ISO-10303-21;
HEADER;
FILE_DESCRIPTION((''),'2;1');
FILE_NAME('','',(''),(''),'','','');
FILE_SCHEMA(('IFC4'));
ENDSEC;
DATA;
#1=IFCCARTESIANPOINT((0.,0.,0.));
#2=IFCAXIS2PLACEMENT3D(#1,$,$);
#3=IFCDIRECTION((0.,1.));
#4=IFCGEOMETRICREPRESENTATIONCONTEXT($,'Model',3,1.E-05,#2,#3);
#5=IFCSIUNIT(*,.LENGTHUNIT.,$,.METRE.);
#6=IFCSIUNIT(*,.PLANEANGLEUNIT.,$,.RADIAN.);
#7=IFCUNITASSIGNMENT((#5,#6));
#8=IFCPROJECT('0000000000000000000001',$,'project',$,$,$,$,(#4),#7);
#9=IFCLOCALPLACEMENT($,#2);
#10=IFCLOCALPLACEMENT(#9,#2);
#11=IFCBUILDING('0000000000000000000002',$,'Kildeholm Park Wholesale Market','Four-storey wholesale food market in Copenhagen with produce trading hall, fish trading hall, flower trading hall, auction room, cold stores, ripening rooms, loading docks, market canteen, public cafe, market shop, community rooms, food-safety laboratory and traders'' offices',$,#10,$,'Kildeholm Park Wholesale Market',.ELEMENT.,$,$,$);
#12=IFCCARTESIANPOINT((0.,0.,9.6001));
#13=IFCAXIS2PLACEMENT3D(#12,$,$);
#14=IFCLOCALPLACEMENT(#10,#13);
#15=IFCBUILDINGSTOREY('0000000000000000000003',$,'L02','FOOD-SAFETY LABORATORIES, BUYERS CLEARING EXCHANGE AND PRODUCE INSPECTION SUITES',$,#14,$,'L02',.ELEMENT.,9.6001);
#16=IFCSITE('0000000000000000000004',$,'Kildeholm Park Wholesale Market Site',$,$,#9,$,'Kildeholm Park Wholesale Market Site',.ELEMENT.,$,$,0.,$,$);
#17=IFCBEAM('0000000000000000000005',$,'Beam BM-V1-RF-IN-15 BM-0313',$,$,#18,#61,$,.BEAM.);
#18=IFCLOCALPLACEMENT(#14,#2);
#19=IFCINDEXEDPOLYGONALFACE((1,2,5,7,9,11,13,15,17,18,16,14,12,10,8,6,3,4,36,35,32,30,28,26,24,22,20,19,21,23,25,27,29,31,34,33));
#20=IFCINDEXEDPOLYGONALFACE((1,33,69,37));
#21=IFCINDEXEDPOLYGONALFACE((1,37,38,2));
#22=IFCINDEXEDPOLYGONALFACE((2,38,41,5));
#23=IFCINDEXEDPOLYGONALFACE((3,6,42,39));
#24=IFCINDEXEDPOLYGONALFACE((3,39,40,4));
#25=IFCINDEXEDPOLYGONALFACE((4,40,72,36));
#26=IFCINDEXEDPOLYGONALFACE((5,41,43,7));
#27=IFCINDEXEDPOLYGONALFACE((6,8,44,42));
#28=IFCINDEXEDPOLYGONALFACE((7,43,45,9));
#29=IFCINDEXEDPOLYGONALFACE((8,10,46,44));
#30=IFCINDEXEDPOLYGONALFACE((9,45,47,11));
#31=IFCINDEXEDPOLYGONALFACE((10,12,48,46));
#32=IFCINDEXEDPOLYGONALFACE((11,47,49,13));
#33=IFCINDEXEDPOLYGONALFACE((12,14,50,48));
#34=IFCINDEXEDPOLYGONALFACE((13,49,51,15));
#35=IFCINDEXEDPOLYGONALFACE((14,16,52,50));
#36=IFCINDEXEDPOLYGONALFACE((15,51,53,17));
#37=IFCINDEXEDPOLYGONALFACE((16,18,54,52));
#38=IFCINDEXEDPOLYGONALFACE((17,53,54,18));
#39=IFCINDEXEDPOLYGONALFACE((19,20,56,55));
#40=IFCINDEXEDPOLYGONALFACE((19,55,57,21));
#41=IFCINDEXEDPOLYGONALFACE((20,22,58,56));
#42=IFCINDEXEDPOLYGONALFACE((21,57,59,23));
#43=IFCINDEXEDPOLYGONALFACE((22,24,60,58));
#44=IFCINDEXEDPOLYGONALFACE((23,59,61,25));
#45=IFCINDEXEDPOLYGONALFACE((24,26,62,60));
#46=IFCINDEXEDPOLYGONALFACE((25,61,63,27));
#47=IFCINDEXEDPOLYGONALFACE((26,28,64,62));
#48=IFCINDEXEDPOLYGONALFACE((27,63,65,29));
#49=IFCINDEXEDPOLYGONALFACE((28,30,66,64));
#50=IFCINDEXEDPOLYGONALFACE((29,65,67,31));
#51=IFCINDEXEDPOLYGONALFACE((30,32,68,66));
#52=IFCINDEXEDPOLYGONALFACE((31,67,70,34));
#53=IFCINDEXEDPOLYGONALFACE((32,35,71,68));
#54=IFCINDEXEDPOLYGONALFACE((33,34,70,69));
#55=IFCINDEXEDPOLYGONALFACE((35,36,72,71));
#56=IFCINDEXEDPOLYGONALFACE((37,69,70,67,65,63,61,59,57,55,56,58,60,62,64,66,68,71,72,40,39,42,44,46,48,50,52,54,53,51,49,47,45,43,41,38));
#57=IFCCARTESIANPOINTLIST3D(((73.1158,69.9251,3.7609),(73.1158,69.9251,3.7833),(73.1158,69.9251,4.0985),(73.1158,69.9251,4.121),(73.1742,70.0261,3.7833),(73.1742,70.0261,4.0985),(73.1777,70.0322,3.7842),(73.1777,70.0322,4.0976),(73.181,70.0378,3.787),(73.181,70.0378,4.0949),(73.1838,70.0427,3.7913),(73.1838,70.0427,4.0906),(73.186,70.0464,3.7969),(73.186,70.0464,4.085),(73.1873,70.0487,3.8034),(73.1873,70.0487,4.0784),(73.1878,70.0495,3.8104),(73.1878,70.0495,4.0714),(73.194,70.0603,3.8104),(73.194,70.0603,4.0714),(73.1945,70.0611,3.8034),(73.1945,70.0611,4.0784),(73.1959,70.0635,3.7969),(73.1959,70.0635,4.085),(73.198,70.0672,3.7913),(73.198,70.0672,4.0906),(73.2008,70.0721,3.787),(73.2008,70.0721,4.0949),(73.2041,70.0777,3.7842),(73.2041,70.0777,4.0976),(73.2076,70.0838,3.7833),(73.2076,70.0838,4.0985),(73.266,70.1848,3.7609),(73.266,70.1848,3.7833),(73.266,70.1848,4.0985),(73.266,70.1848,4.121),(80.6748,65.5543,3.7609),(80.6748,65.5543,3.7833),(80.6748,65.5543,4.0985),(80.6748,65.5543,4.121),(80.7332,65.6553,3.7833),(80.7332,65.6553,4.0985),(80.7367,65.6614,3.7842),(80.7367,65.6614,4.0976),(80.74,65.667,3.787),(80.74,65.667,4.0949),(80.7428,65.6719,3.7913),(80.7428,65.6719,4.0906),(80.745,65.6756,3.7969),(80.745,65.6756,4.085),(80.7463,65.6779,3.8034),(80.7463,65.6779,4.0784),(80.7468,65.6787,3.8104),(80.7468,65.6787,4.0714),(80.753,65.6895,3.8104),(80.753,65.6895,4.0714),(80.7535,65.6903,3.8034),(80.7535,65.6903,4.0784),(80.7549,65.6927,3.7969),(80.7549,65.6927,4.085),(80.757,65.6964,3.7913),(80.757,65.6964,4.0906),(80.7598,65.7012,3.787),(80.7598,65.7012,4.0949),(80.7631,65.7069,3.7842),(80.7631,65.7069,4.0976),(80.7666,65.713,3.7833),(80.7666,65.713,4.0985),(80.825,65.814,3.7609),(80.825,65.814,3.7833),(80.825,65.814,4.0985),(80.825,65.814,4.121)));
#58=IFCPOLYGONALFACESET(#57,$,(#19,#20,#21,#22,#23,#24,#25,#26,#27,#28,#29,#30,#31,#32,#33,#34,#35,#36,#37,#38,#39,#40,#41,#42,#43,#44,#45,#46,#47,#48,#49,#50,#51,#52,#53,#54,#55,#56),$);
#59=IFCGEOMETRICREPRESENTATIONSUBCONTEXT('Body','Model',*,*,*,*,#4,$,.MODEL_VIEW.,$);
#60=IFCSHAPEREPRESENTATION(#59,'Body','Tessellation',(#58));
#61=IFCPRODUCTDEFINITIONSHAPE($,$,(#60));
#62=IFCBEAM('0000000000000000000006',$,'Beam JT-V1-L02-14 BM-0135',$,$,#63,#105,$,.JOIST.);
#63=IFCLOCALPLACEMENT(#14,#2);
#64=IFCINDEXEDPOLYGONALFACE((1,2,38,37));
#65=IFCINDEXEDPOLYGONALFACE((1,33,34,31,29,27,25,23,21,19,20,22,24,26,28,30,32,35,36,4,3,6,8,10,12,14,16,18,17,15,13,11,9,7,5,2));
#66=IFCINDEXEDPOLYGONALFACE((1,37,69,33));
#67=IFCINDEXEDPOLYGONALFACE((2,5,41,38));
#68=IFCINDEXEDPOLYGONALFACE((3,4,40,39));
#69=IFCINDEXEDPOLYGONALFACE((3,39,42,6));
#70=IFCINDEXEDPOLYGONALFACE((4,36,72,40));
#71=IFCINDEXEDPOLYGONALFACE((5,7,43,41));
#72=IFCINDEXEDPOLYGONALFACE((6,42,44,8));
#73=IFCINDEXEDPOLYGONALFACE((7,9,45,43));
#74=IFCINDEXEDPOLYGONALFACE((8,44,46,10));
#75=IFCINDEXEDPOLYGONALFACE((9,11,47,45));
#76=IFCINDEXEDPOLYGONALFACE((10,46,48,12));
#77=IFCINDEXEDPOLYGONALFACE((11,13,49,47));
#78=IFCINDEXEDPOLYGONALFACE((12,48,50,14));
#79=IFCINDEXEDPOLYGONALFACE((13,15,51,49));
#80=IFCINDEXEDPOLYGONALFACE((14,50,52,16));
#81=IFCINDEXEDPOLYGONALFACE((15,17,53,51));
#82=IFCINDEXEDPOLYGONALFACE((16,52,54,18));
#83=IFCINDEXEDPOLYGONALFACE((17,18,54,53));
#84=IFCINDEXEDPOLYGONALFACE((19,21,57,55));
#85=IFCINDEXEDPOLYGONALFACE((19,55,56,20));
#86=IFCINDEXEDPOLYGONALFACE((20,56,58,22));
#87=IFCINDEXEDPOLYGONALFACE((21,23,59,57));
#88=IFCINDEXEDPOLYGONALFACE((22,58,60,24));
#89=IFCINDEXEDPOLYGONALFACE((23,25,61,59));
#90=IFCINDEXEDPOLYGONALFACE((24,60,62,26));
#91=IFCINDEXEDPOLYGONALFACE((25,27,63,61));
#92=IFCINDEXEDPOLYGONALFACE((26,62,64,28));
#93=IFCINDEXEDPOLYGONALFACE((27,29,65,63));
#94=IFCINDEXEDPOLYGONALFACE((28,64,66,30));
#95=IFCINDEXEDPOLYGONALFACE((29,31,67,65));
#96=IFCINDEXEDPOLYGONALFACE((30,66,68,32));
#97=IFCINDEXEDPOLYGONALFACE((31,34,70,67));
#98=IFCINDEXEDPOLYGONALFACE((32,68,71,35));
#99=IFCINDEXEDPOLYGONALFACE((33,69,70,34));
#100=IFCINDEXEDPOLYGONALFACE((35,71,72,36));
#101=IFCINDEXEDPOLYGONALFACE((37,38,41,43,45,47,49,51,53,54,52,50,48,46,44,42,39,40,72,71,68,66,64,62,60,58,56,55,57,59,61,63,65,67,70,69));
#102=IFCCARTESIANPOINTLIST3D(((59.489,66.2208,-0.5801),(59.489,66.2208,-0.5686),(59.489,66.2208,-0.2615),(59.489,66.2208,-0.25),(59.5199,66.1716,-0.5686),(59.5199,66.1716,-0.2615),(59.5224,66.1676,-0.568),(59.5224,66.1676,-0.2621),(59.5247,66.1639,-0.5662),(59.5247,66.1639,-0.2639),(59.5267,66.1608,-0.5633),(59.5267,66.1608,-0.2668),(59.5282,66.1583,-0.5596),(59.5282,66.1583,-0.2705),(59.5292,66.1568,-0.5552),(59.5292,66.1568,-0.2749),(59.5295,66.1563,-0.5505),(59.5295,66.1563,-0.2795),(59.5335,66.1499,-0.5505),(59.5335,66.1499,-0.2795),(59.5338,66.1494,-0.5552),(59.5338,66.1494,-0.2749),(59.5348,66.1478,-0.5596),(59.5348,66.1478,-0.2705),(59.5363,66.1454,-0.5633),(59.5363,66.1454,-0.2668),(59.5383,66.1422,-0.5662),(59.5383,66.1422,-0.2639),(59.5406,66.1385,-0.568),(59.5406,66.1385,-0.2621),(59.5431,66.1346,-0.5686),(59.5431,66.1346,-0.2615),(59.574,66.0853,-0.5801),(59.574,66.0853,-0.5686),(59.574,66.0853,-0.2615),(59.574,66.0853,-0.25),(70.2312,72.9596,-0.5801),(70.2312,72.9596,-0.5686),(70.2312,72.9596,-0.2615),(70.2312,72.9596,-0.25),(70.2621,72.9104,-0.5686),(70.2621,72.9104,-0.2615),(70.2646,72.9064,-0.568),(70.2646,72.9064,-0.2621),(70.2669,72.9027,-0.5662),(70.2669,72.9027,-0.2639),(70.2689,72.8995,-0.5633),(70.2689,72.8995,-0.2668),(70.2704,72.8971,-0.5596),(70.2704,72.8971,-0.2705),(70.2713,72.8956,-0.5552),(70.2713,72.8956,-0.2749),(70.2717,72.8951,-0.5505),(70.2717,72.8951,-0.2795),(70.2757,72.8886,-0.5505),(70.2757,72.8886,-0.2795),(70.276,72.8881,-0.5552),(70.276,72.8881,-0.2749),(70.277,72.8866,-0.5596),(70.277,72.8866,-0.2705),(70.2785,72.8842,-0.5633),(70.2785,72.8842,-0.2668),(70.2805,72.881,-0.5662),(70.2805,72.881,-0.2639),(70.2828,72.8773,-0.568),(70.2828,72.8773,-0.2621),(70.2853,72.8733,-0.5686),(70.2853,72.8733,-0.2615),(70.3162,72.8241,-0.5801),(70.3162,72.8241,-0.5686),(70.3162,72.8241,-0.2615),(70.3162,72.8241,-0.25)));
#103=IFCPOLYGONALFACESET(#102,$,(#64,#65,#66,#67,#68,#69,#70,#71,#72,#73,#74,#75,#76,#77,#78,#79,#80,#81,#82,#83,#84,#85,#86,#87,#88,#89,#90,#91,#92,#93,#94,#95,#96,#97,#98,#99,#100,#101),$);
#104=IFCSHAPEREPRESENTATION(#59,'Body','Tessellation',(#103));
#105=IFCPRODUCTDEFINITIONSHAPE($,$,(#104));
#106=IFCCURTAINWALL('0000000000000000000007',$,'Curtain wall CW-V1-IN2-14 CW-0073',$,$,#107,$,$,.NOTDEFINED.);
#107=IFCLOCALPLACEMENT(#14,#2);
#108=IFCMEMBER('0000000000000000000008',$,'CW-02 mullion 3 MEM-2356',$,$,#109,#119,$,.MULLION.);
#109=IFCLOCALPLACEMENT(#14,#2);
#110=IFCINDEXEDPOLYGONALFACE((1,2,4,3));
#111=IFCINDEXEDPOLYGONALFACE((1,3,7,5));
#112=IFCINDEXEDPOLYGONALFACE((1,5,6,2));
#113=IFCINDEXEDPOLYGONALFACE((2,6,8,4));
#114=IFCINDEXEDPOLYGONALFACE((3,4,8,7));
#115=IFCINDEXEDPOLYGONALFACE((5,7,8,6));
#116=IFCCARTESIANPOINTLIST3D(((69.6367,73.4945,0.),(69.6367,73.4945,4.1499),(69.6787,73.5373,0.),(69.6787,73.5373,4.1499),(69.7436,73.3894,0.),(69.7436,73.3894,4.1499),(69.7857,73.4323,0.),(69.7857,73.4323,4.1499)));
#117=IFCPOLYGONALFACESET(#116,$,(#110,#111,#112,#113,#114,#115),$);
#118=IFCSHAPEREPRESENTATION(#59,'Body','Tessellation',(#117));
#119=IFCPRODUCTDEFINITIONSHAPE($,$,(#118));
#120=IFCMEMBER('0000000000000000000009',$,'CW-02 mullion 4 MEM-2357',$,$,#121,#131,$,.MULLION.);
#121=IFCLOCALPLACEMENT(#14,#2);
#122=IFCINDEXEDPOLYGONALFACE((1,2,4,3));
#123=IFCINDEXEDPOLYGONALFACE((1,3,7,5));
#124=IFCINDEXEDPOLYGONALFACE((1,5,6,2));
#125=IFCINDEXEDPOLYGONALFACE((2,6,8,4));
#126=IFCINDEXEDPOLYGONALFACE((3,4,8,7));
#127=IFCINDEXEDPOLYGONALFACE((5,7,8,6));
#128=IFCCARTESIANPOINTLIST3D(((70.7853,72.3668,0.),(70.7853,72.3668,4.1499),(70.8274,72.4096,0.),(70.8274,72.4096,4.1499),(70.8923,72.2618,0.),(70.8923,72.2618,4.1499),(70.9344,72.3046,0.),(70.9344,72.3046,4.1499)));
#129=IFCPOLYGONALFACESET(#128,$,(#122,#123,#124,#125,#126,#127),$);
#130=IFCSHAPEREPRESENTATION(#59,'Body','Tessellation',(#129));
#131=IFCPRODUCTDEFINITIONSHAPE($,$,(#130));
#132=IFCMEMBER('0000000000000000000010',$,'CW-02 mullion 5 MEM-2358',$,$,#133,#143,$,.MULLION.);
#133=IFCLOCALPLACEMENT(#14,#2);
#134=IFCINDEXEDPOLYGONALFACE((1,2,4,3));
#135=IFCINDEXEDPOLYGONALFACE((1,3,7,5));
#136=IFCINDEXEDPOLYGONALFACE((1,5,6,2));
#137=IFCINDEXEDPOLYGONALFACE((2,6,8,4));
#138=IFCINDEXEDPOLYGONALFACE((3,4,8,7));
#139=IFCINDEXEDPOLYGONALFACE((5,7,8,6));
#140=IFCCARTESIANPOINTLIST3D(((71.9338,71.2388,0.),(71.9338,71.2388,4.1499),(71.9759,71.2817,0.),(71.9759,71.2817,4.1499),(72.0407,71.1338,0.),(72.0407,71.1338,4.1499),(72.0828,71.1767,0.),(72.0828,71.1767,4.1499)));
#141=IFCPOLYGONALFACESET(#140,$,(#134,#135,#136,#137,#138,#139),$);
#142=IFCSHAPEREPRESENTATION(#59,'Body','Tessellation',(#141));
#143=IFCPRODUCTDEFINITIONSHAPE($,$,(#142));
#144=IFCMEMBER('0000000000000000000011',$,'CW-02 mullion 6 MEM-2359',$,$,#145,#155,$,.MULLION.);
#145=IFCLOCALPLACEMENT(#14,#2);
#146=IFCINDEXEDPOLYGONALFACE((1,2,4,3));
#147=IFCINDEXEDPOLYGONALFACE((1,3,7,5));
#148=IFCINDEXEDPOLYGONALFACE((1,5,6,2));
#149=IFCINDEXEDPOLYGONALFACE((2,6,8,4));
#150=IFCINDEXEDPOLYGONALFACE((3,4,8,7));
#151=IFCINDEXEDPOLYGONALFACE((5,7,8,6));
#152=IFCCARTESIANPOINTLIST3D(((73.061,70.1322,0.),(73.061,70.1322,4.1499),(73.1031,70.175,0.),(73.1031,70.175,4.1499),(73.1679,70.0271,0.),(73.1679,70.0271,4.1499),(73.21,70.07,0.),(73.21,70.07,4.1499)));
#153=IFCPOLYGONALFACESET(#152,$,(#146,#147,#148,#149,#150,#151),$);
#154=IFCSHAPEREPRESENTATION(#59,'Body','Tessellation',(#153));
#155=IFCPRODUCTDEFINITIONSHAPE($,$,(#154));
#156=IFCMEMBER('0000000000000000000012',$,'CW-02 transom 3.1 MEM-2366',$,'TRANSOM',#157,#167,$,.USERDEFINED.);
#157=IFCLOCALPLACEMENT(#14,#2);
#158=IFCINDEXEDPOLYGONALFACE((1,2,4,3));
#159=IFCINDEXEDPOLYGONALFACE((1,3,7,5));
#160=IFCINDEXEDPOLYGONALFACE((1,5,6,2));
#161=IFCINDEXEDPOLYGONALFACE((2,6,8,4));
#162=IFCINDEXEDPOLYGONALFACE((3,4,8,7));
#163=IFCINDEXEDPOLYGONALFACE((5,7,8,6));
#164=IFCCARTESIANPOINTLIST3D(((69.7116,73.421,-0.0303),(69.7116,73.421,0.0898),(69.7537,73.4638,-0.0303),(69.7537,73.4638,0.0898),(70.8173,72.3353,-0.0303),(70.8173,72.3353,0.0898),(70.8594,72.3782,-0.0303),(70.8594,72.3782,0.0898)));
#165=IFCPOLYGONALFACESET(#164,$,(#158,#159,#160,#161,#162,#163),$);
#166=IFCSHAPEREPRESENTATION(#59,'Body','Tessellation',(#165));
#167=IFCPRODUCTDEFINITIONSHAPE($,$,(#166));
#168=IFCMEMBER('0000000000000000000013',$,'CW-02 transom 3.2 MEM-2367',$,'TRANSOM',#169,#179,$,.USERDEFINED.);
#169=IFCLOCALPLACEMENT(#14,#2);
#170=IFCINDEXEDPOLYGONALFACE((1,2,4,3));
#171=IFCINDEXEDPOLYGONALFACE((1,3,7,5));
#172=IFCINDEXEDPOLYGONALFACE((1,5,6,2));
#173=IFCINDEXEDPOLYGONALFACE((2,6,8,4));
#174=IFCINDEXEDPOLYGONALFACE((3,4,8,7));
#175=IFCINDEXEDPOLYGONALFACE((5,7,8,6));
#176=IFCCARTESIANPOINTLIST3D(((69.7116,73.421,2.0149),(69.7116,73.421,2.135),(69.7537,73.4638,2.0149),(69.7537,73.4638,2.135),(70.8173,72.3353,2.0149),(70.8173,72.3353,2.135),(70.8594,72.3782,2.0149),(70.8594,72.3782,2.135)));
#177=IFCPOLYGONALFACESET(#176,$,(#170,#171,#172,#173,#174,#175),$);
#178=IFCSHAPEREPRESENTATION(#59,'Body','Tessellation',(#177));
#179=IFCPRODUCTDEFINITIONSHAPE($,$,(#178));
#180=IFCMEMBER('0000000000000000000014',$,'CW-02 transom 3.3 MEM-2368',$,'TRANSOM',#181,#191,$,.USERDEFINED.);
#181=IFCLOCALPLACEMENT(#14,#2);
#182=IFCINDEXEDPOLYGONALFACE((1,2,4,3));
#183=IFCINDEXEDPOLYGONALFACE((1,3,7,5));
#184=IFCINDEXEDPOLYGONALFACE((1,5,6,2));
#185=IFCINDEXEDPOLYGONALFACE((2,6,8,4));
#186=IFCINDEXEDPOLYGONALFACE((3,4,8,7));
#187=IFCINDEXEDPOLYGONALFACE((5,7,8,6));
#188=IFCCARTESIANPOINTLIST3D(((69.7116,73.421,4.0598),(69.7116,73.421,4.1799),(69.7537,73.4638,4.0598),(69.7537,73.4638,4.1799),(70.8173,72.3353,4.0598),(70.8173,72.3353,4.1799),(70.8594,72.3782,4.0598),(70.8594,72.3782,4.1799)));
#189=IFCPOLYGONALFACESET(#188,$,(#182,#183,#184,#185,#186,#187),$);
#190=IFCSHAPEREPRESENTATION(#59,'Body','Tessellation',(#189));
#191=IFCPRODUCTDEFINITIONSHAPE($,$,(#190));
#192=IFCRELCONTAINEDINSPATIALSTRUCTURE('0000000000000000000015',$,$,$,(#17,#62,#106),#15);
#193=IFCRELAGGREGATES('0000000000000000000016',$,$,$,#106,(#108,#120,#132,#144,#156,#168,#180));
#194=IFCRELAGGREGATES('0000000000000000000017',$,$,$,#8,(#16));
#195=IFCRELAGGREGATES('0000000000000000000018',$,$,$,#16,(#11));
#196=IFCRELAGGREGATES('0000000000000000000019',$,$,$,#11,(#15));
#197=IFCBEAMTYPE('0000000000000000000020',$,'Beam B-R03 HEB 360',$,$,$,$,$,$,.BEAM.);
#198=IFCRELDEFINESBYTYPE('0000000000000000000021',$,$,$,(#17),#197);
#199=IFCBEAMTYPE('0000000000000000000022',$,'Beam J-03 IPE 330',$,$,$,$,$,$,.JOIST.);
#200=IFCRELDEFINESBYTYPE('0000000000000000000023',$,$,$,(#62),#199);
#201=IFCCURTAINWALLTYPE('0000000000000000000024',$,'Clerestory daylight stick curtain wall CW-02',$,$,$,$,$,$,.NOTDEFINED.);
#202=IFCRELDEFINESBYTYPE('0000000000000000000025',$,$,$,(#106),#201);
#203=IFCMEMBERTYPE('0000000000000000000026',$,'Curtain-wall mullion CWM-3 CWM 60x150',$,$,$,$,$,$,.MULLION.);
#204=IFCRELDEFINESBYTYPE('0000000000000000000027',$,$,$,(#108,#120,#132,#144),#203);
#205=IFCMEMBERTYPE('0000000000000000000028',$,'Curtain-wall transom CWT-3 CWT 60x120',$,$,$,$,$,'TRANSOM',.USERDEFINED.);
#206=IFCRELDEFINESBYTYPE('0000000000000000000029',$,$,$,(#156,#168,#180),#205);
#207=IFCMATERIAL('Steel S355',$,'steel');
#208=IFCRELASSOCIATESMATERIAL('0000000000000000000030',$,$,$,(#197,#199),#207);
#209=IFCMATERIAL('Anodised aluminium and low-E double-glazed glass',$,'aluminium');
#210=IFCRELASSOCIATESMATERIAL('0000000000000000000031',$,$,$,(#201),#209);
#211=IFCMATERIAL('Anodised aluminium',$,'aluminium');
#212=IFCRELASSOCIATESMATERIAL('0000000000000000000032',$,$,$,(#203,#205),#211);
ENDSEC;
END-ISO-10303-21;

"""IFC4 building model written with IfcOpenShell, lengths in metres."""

from ifc_helpers import new_model, si_unit, direction, frame, origin, origin_2d, place, context, subcontext, project, spatial, rectangle, i_section, extrude, material, material_profile, profile_set, type_object, element, aggregate, save


model = new_model("IFC4")

# Units and contexts
model_context = context("Model", 3, precision=1e-05, world=origin(), true_north=direction((0.0, 1.0)))
body_context = subcontext(model_context, "Body", "Model", "MODEL_VIEW")
ifc_project = project(units=[si_unit("LENGTHUNIT", "METRE"), si_unit("PLANEANGLEUNIT", "RADIAN")], contexts=[model_context])

# Site, building, storey
site_placement = place(None, origin())
site = spatial("IfcSite", under=ifc_project, at=site_placement, Name="Kildeholm Park Wholesale Market Site", LongName="Kildeholm Park Wholesale Market Site", CompositionType="ELEMENT", RefElevation=0.0)
building_placement = place(site_placement, origin())
building = spatial("IfcBuilding", under=site, at=building_placement, Name="Kildeholm Park Wholesale Market", Description="Four-storey wholesale food market in Copenhagen with produce trading hall, fish trading hall, flower trading hall, auction room, cold stores, ripening rooms, loading docks, market canteen, public cafe, market shop, community rooms, food-safety laboratory and traders' offices", LongName="Kildeholm Park Wholesale Market", CompositionType="ELEMENT")
storey_placement = place(building_placement, frame((0.0, 0.0, 9.6001)))
storey = spatial("IfcBuildingStorey", under=building, at=storey_placement, Name="L02", Description="FOOD-SAFETY LABORATORIES, BUYERS CLEARING EXCHANGE AND PRODUCE INSPECTION SUITES", LongName="L02", CompositionType="ELEMENT", Elevation=9.6001)

# Shared definitions
ifc_material_1 = material(Name="Steel S355", Category="steel")

# Beams
ifc_material_profile_1 = material_profile(ifc_material_1, i_section(OverallWidth=0.3, OverallDepth=0.3601, WebThickness=0.0125, FlangeThickness=0.0225, FilletRadius=0.0271, at=origin_2d()), Name="HEB 360")
ifc_profile_set_1 = profile_set([ifc_material_profile_1], Name="Steel S355")
beam_type_1 = type_object("IfcBeamType", Name="Beam B-R03 HEB 360", PredefinedType="BEAM", material=ifc_profile_set_1)
beam_1_placement = place(storey_placement, frame((73.1909, 70.0549, 3.9409), z_axis=(0.865697, -0.500568, 0.0), x_axis=(0.500568, 0.865697, 0.0)))
element("IfcBeam", 1, at=beam_1_placement, inside=storey, type_object=beam_type_1, Name="Beam BM-V1-RF-IN-15 BM-0313", PredefinedType="BEAM", context=body_context, shape_type="SweptSolid", body=[
    extrude(i_section(OverallWidth=0.3, OverallDepth=0.3601, WebThickness=0.0125, FlangeThickness=0.0225, FilletRadius=0.0271, at=origin_2d()), origin(), (0.0, 0.0, 1.0), 8.7317),
])
ifc_material_profile_2 = material_profile(ifc_material_1, i_section(OverallWidth=0.1599, OverallDepth=0.3301, WebThickness=0.0076, FlangeThickness=0.0115, FilletRadius=0.0181, at=origin_2d()), Name="IPE 330")
ifc_profile_set_2 = profile_set([ifc_material_profile_2], Name="Steel S355")
beam_type_2 = type_object("IfcBeamType", Name="Beam J-03 IPE 330", PredefinedType="JOIST", material=ifc_profile_set_2)
beam_2_placement = place(storey_placement, frame((70.2737, 72.8918, -0.415), z_axis=(-0.847115, -0.53141, 0.0), x_axis=(0.53141, -0.847115, 0.0)))
element("IfcBeam", 2, at=beam_2_placement, inside=storey, type_object=beam_type_2, Name="Beam JT-V1-L02-14 BM-0135", PredefinedType="JOIST", context=body_context, shape_type="SweptSolid", body=[
    extrude(i_section(OverallWidth=0.1599, OverallDepth=0.3301, WebThickness=0.0076, FlangeThickness=0.0115, FilletRadius=0.0181, at=origin_2d()), origin(), (0.0, 0.0, 1.0), 12.6809),
])

# Curtain wall, members
ifc_material_2 = material(Name="Anodised aluminium and low-E double-glazed glass", Category="aluminium")
curtain_wall_type = type_object("IfcCurtainWallType", Name="Clerestory daylight stick curtain wall CW-02", PredefinedType="NOTDEFINED", material=ifc_material_2)
curtain_wall_placement = place(storey_placement, origin())
curtain_wall = element("IfcCurtainWall", 3, at=curtain_wall_placement, inside=storey, type_object=curtain_wall_type, Name="Curtain wall CW-V1-IN2-14 CW-0073", PredefinedType="NOTDEFINED")
ifc_material_3 = material(Name="Anodised aluminium", Category="aluminium")
ifc_material_profile_3 = material_profile(ifc_material_3, rectangle(XDim=0.0601, YDim=0.1499, at=origin_2d()), Name="CWM 60x150")
ifc_profile_set_3 = profile_set([ifc_material_profile_3], Name="Anodised aluminium")
member_type_1 = type_object("IfcMemberType", Name="Curtain-wall mullion CWM-3 CWM 60x150", PredefinedType="MULLION", material=ifc_profile_set_3)
member_1_placement = place(storey_placement, frame((69.7112, 73.4634, 0.0), z_axis=(0.0, 0.0, 1.0), x_axis=(0.700617, 0.713538, 0.0)))
member_1 = element("IfcMember", 4, at=member_1_placement, type_object=member_type_1, Name="CW-02 mullion 3 MEM-2356", PredefinedType="MULLION", context=body_context, shape_type="SweptSolid", body=[
    extrude(rectangle(XDim=0.0601, YDim=0.1499, at=origin_2d()), origin(), (0.0, 0.0, 1.0), 4.1499),
])
member_2_placement = place(storey_placement, frame((70.8599, 72.3357, 0.0), z_axis=(0.0, 0.0, 1.0), x_axis=(0.700617, 0.713538, 0.0)))
member_2 = element("IfcMember", 5, at=member_2_placement, type_object=member_type_1, Name="CW-02 mullion 4 MEM-2357", PredefinedType="MULLION", context=body_context, shape_type="SweptSolid", body=[
    extrude(rectangle(XDim=0.0601, YDim=0.1499, at=origin_2d()), origin(), (0.0, 0.0, 1.0), 4.1499),
])
member_3_placement = place(storey_placement, frame((72.0083, 71.2078, 0.0), z_axis=(0.0, 0.0, 1.0), x_axis=(0.700617, 0.713538, 0.0)))
member_3 = element("IfcMember", 6, at=member_3_placement, type_object=member_type_1, Name="CW-02 mullion 5 MEM-2358", PredefinedType="MULLION", context=body_context, shape_type="SweptSolid", body=[
    extrude(rectangle(XDim=0.0601, YDim=0.1499, at=origin_2d()), origin(), (0.0, 0.0, 1.0), 4.1499),
])
member_4_placement = place(storey_placement, frame((73.1355, 70.1011, 0.0), z_axis=(0.0, 0.0, 1.0), x_axis=(0.700617, 0.713538, 0.0)))
member_4 = element("IfcMember", 7, at=member_4_placement, type_object=member_type_1, Name="CW-02 mullion 6 MEM-2359", PredefinedType="MULLION", context=body_context, shape_type="SweptSolid", body=[
    extrude(rectangle(XDim=0.0601, YDim=0.1499, at=origin_2d()), origin(), (0.0, 0.0, 1.0), 4.1499),
])
ifc_material_profile_4 = material_profile(ifc_material_3, rectangle(XDim=0.0601, YDim=0.1201, at=origin_2d()), Name="CWT 60x120")
ifc_profile_set_4 = profile_set([ifc_material_profile_4], Name="Anodised aluminium")
member_type_2 = type_object("IfcMemberType", Name="Curtain-wall transom CWT-3 CWT 60x120", ElementType="TRANSOM", PredefinedType="USERDEFINED", material=ifc_profile_set_4)
member_5_placement = place(storey_placement, frame((69.7327, 73.4424, 0.0298), z_axis=(0.713537, -0.700618, 0.0), x_axis=(0.700618, 0.713537, 0.0)))
member_5 = element("IfcMember", 8, at=member_5_placement, type_object=member_type_2, Name="CW-02 transom 3.1 MEM-2366", ObjectType="TRANSOM", PredefinedType="USERDEFINED", context=body_context, shape_type="SweptSolid", body=[
    extrude(rectangle(XDim=0.0601, YDim=0.1201, at=origin_2d()), origin(), (0.0, 0.0, 1.0), 1.5496),
])
member_6_placement = place(storey_placement, frame((69.7327, 73.4424, 2.075), z_axis=(0.713537, -0.700618, 0.0), x_axis=(0.700618, 0.713537, 0.0)))
member_6 = element("IfcMember", 9, at=member_6_placement, type_object=member_type_2, Name="CW-02 transom 3.2 MEM-2367", ObjectType="TRANSOM", PredefinedType="USERDEFINED", context=body_context, shape_type="SweptSolid", body=[
    extrude(rectangle(XDim=0.0601, YDim=0.1201, at=origin_2d()), origin(), (0.0, 0.0, 1.0), 1.5496),
])
member_7_placement = place(storey_placement, frame((69.7327, 73.4424, 4.1199), z_axis=(0.713537, -0.700618, 0.0), x_axis=(0.700618, 0.713537, 0.0)))
member_7 = element("IfcMember", 10, at=member_7_placement, type_object=member_type_2, Name="CW-02 transom 3.3 MEM-2368", ObjectType="TRANSOM", PredefinedType="USERDEFINED", context=body_context, shape_type="SweptSolid", body=[
    extrude(rectangle(XDim=0.0601, YDim=0.1201, at=origin_2d()), origin(), (0.0, 0.0, 1.0), 1.5496),
])
aggregate(curtain_wall, [member_1, member_2, member_3, member_4, member_5, member_6, member_7])

save(model, "model.ifc")
